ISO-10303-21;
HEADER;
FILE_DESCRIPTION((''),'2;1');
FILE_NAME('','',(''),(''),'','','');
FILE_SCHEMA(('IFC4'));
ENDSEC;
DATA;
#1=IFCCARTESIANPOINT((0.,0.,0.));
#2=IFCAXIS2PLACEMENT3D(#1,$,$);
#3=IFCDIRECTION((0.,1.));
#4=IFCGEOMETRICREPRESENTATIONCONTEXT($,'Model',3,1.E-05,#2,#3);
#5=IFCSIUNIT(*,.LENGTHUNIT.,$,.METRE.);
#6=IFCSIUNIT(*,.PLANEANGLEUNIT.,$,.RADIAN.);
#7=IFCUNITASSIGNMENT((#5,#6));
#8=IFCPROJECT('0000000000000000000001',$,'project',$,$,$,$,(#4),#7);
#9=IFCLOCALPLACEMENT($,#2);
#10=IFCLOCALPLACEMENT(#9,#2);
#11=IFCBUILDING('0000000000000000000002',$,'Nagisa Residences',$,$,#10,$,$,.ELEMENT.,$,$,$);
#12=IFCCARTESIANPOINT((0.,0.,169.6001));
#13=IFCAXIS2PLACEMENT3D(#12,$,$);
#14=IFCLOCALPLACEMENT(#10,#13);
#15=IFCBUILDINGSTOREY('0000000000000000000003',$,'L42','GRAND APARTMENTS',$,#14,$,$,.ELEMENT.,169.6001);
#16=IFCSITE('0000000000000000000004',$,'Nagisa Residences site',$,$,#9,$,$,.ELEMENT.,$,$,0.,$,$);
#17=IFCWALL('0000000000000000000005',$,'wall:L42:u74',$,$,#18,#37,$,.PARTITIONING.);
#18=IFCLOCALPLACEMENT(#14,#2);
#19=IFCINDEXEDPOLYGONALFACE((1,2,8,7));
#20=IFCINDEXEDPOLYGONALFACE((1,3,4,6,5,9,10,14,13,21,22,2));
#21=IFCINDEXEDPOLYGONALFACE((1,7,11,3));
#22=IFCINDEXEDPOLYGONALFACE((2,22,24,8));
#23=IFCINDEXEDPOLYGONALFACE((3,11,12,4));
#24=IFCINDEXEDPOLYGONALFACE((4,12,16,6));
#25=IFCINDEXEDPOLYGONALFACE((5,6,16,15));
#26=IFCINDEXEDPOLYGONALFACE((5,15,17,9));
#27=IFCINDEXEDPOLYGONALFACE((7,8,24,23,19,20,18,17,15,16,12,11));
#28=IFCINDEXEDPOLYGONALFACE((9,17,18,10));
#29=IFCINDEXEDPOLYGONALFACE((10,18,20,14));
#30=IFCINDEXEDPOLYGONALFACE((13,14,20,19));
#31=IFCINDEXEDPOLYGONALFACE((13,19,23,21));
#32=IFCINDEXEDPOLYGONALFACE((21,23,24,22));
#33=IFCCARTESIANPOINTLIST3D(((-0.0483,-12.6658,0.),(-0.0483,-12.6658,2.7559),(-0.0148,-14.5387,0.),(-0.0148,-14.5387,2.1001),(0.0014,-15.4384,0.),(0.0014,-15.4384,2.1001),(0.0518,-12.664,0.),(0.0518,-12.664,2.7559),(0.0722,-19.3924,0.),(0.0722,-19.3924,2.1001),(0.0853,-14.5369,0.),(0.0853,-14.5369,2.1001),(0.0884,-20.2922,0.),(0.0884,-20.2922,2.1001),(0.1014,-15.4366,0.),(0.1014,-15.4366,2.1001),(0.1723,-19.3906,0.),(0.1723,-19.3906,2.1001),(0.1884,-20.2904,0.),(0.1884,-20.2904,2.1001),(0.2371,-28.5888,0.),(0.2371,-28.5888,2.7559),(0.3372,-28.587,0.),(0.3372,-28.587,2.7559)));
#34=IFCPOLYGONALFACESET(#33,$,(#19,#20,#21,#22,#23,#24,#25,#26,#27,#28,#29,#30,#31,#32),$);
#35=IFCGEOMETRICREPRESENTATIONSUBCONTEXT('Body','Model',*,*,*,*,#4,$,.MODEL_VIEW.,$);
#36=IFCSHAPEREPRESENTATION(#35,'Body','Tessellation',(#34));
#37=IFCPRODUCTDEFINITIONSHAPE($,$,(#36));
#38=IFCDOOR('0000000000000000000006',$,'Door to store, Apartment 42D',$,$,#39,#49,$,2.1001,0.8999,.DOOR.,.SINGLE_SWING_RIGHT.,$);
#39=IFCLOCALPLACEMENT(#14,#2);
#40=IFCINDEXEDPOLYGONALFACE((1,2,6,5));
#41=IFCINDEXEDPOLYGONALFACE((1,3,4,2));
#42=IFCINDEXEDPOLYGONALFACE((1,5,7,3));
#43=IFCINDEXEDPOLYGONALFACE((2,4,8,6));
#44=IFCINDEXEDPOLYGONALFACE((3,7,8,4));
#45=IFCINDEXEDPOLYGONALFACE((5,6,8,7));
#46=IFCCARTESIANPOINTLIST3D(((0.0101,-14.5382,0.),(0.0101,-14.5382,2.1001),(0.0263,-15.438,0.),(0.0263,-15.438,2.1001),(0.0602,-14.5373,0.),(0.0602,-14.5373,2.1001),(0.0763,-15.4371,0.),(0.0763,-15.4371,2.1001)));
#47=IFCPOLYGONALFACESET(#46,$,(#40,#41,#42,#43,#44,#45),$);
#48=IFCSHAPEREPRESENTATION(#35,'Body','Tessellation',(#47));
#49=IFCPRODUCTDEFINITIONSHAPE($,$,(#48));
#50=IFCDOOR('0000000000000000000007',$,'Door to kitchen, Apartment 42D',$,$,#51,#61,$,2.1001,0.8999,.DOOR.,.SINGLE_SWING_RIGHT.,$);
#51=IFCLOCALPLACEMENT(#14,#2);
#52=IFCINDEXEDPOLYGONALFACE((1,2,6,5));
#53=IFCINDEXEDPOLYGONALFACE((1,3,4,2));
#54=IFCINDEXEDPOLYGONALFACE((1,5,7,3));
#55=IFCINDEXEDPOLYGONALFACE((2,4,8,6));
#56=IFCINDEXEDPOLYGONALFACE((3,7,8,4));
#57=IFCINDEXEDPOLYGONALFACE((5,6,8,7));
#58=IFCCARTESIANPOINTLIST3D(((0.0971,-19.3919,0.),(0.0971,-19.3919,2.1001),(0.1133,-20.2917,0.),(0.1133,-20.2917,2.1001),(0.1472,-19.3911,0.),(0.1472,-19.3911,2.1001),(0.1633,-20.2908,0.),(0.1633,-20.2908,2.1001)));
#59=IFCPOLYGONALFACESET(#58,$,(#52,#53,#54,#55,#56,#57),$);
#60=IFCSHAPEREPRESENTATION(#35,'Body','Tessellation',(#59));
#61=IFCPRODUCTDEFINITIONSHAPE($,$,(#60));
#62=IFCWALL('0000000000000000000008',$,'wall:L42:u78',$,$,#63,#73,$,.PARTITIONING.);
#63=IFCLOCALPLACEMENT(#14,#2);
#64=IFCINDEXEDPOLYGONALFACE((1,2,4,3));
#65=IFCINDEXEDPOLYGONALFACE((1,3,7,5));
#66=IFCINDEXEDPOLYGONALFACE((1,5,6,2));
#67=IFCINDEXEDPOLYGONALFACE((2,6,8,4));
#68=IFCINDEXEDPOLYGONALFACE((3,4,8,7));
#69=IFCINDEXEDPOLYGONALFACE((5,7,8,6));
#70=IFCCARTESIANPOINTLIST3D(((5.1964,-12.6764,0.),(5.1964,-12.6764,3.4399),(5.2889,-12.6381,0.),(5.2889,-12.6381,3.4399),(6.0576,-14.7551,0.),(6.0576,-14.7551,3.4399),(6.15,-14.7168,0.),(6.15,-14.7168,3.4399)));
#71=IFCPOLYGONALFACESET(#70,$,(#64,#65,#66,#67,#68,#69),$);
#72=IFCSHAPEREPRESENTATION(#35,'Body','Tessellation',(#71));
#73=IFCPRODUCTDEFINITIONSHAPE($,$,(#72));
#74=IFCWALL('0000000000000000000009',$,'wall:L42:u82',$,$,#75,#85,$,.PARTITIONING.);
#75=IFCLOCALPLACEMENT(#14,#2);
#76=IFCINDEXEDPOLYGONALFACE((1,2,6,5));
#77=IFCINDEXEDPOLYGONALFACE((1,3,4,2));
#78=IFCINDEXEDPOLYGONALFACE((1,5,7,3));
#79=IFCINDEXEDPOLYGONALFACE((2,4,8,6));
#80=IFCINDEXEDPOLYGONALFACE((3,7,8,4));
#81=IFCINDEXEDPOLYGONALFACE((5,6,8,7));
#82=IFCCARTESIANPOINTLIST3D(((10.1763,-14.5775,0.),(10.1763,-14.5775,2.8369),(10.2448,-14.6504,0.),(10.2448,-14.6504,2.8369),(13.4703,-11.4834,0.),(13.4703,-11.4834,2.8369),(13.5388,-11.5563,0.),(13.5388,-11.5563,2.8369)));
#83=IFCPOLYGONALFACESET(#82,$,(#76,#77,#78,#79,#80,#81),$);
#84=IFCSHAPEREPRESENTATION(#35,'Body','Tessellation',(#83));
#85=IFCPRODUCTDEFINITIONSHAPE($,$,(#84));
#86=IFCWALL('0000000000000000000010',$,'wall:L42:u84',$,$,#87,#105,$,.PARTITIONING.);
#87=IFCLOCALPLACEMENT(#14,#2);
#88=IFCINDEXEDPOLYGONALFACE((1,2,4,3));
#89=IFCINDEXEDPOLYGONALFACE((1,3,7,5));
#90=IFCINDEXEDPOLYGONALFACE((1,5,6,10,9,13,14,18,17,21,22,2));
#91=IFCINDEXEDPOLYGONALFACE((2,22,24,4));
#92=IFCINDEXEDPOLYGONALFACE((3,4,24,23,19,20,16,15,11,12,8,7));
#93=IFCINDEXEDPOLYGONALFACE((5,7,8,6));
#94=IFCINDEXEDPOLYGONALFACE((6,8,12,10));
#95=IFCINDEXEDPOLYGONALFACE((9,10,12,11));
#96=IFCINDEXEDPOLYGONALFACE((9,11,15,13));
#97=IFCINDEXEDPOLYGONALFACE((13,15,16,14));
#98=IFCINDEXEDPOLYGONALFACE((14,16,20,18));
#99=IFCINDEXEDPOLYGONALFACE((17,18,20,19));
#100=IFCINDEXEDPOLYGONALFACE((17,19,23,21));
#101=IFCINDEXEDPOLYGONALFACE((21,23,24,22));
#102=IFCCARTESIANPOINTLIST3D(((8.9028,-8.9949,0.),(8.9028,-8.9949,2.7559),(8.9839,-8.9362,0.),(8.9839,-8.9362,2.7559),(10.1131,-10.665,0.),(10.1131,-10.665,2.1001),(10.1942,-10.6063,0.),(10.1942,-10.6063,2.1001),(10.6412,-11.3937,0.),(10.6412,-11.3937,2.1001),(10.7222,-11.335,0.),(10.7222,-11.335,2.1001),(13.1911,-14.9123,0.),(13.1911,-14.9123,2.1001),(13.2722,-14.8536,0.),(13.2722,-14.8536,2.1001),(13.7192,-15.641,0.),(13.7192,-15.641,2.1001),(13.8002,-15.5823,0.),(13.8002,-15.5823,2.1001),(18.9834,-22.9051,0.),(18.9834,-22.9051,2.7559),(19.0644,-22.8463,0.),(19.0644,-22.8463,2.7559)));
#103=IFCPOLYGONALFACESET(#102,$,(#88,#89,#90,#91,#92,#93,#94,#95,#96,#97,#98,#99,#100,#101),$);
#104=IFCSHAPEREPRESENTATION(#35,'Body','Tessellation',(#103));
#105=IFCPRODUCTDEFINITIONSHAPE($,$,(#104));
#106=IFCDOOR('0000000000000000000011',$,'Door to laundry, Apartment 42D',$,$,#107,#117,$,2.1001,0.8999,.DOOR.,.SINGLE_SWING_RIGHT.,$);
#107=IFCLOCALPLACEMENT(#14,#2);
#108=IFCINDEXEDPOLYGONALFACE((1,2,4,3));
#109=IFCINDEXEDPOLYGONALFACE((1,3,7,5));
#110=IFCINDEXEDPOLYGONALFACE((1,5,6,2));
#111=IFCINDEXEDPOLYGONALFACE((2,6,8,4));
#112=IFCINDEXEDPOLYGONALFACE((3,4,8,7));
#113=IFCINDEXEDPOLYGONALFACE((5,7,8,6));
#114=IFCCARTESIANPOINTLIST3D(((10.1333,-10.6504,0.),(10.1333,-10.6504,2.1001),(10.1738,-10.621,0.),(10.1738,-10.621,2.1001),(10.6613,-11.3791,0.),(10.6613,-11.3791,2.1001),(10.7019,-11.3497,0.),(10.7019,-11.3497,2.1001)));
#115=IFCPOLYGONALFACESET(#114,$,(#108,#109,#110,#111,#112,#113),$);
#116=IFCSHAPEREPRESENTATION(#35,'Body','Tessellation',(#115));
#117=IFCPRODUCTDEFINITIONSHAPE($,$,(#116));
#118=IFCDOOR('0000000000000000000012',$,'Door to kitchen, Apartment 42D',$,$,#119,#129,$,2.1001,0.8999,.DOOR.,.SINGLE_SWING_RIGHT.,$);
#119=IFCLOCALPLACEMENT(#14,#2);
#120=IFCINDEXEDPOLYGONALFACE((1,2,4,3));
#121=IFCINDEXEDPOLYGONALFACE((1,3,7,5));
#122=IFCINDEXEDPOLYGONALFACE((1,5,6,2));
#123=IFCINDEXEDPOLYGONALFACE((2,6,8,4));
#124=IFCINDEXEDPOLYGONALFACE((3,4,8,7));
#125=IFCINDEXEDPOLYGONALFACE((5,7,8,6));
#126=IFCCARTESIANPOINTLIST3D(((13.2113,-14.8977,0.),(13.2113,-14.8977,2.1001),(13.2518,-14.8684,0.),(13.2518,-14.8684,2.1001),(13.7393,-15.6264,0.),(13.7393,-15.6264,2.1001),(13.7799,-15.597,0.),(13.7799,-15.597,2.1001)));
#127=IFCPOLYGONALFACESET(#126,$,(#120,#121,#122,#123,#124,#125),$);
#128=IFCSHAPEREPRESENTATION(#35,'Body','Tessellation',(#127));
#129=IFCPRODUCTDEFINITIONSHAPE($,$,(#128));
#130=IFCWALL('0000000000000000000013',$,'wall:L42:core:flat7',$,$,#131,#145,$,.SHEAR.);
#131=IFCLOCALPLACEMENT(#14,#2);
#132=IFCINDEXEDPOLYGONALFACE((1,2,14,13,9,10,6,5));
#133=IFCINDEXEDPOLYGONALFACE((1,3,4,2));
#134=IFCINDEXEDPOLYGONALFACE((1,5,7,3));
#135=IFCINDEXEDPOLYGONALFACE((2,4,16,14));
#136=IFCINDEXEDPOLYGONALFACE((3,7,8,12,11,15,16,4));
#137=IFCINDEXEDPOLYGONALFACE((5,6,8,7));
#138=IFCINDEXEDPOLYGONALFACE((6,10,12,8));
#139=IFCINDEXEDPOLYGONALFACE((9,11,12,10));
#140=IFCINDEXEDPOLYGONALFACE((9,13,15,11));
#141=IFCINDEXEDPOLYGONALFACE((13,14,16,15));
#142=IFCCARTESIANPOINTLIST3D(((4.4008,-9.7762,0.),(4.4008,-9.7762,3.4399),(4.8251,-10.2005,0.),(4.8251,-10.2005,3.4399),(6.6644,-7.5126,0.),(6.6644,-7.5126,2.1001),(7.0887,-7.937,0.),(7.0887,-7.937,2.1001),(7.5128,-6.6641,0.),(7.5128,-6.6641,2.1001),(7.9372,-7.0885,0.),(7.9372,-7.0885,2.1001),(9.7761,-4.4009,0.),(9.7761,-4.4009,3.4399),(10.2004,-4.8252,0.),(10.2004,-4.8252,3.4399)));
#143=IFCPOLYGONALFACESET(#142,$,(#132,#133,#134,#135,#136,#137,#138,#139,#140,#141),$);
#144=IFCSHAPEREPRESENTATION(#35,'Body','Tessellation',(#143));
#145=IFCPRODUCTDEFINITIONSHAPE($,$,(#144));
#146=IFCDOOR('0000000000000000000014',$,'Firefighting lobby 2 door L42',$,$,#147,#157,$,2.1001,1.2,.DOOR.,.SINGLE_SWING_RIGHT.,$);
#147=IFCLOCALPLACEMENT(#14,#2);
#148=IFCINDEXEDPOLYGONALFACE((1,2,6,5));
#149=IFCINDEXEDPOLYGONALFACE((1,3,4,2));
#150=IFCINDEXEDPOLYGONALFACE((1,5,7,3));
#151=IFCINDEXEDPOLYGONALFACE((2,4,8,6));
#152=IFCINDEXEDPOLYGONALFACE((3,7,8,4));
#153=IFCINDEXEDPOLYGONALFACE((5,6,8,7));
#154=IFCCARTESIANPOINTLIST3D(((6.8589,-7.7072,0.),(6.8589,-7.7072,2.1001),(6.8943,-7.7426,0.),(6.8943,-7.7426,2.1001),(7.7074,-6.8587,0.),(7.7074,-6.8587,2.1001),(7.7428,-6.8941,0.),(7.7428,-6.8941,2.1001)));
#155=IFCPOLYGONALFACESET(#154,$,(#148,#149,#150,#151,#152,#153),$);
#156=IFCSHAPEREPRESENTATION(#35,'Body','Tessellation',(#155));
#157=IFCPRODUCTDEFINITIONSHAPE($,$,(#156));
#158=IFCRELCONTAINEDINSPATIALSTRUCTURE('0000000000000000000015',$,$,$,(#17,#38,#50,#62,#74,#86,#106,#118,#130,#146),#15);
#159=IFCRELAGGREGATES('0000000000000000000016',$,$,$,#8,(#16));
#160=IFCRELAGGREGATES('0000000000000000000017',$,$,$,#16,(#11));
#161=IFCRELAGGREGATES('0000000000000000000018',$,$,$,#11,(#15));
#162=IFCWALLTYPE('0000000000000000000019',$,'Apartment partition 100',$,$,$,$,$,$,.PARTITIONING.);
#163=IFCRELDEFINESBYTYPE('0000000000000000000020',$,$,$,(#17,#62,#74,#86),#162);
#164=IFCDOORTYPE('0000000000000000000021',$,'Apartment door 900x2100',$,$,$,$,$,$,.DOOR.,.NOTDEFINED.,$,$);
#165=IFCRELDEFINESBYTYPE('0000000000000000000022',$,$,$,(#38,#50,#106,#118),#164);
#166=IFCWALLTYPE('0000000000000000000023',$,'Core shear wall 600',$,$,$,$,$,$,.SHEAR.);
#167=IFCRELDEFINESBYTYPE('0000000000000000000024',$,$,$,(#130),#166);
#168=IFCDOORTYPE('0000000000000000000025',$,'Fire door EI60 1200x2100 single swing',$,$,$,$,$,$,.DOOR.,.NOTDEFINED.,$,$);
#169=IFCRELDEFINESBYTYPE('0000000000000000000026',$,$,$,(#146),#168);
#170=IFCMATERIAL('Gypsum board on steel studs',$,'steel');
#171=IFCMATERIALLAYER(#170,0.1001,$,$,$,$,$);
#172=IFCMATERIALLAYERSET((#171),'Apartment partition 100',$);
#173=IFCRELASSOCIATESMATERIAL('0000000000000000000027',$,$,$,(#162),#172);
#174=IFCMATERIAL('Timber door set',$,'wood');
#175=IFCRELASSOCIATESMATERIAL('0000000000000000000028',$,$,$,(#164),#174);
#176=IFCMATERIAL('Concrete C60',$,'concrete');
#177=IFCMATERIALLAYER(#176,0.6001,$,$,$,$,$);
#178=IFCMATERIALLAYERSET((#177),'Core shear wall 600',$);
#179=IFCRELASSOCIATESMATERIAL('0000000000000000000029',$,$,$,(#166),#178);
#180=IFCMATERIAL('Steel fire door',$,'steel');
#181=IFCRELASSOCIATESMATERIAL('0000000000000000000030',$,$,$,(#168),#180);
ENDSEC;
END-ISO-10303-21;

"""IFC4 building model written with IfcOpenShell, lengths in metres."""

from ifc_helpers import new_model, si_unit, direction, frame, frame_2d, origin, place, context, subcontext, project, spatial, rectangle, extrude, material, layer, layer_set, type_object, element, fill, save


model = new_model("IFC4")

# Units and contexts
model_context = context("Model", 3, precision=1e-05, world=origin(), true_north=direction((0.0, 1.0)))
body_context = subcontext(model_context, "Body", "Model", "MODEL_VIEW")
ifc_project = project(units=[si_unit("LENGTHUNIT", "METRE"), si_unit("PLANEANGLEUNIT", "RADIAN")], contexts=[model_context])

# Site, building, storey
site_placement = place(None, origin())
site = spatial("IfcSite", under=ifc_project, at=site_placement, Name="Nagisa Residences site", CompositionType="ELEMENT", RefElevation=0.0)
building_placement = place(site_placement, origin())
building = spatial("IfcBuilding", under=site, at=building_placement, Name="Nagisa Residences", CompositionType="ELEMENT")
storey_placement = place(building_placement, frame((0.0, 0.0, 169.6001)))
storey = spatial("IfcBuildingStorey", under=building, at=storey_placement, Name="L42", Description="GRAND APARTMENTS", CompositionType="ELEMENT", Elevation=169.6001)

# Wall, openings, doors
ifc_material_1 = material(Name="Gypsum board on steel studs", Category="steel")
ifc_layer_1 = layer(ifc_material_1, 0.1001)
ifc_layer_set_1 = layer_set([ifc_layer_1], Name="Apartment partition 100")
wall_type_1 = type_object("IfcWallType", Name="Apartment partition 100", PredefinedType="PARTITIONING", material=ifc_layer_set_1)
wall_1_placement = place(storey_placement, frame((0.0017, -12.6648, 0.0), z_axis=(0.0, 0.0, 1.0), x_axis=(0.017921, -0.999839, 0.0)))
wall_1 = element("IfcWall", 1, at=wall_1_placement, inside=storey, type_object=wall_type_1, Name="wall:L42:u74", PredefinedType="PARTITIONING", context=body_context, shape_type="SweptSolid", body=[
    extrude(rectangle(XDim=15.9255, YDim=0.1001, at=frame_2d((7.9629, 0.0))), origin(), (0.0, 0.0, 1.0), 2.7559),
])
opening_1_placement = place(wall_1_placement, frame((1.8733, 0.0, 0.0)))
opening_1 = element("IfcOpeningElement", 2, at=opening_1_placement, cuts=wall_1, PredefinedType="OPENING", context=body_context, shape_type="SweptSolid", body=[
    extrude(rectangle(XDim=0.8999, YDim=2.1001, at=frame_2d((0.45, 1.05))), frame((0.0, 0.0601, 0.0), z_axis=(0.0, -1.0, 0.0), x_axis=(1.0, 0.0, 0.0)), (0.0, 0.0, 1.0), 0.1201),
])
opening_2_placement = place(wall_1_placement, frame((6.7278, 0.0, 0.0)))
opening_2 = element("IfcOpeningElement", 3, at=opening_2_placement, cuts=wall_1, PredefinedType="OPENING", context=body_context, shape_type="SweptSolid", body=[
    extrude(rectangle(XDim=0.8999, YDim=2.1001, at=frame_2d((0.45, 1.05))), frame((0.0, 0.0601, 0.0), z_axis=(0.0, -1.0, 0.0), x_axis=(1.0, 0.0, 0.0)), (0.0, 0.0, 1.0), 0.1201),
])
ifc_material_2 = material(Name="Timber door set", Category="wood")
door_type_1 = type_object("IfcDoorType", Name="Apartment door 900x2100", OperationType="NOTDEFINED", PredefinedType="DOOR", material=ifc_material_2)
door_1_placement = place(opening_1_placement, origin())
door_1 = element("IfcDoor", 4, at=door_1_placement, inside=storey, type_object=door_type_1, Name="Door to store, Apartment 42D", OperationType="SINGLE_SWING_RIGHT", OverallHeight=2.1001, OverallWidth=0.8999, PredefinedType="DOOR", context=body_context, shape_type="SweptSolid", body=[
    extrude(rectangle(XDim=0.8999, YDim=2.1001, at=frame_2d((0.45, 1.05))), frame((0.0, 0.0249, 0.0), z_axis=(0.0, -1.0, 0.0), x_axis=(1.0, 0.0, 0.0)), (0.0, 0.0, 1.0), 0.05),
])
fill(opening_1, door_1)
door_2_placement = place(opening_2_placement, origin())
door_2 = element("IfcDoor", 5, at=door_2_placement, inside=storey, type_object=door_type_1, Name="Door to kitchen, Apartment 42D", OperationType="SINGLE_SWING_RIGHT", OverallHeight=2.1001, OverallWidth=0.8999, PredefinedType="DOOR", context=body_context, shape_type="SweptSolid", body=[
    extrude(rectangle(XDim=0.8999, YDim=2.1001, at=frame_2d((0.45, 1.05))), frame((0.0, 0.0249, 0.0), z_axis=(0.0, -1.0, 0.0), x_axis=(1.0, 0.0, 0.0)), (0.0, 0.0, 1.0), 0.05),
])
fill(opening_2, door_2)

# Walls
wall_2_placement = place(storey_placement, frame((5.2427, -12.6572, 0.0), z_axis=(0.0, 0.0, 1.0), x_axis=(0.382719, -0.923865, 0.0)))
element("IfcWall", 6, at=wall_2_placement, inside=storey, type_object=wall_type_1, Name="wall:L42:u78", PredefinedType="PARTITIONING", context=body_context, shape_type="SweptSolid", body=[
    extrude(rectangle(XDim=2.25, YDim=0.1001, at=frame_2d((1.125, 0.0))), origin(), (0.0, 0.0, 1.0), 3.4399),
])
wall_3_placement = place(storey_placement, frame((10.2104, -14.614, 0.0), z_axis=(0.0, 0.0, 1.0), x_axis=(0.728883, 0.684638, 0.0)))
element("IfcWall", 7, at=wall_3_placement, inside=storey, type_object=wall_type_1, Name="wall:L42:u82", PredefinedType="PARTITIONING", context=body_context, shape_type="SweptSolid", body=[
    extrude(rectangle(XDim=4.5193, YDim=0.1001, at=frame_2d((2.2598, 0.0))), origin(), (0.0, 0.0, 1.0), 2.8369),
])

# Wall, openings, doors
wall_4_placement = place(storey_placement, frame((8.9434, -8.9656, 0.0), z_axis=(0.0, 0.0, 1.0), x_axis=(0.586804, -0.809729, 0.0)))
wall_4 = element("IfcWall", 8, at=wall_4_placement, inside=storey, type_object=wall_type_1, Name="wall:L42:u84", PredefinedType="PARTITIONING", context=body_context, shape_type="SweptSolid", body=[
    extrude(rectangle(XDim=17.1787, YDim=0.1001, at=frame_2d((8.5894, 0.0))), origin(), (0.0, 0.0, 1.0), 2.7559),
])
opening_3_placement = place(wall_4_placement, frame((2.0625, 0.0, 0.0)))
opening_3 = element("IfcOpeningElement", 9, at=opening_3_placement, cuts=wall_4, PredefinedType="OPENING", context=body_context, shape_type="SweptSolid", body=[
    extrude(rectangle(XDim=0.8999, YDim=2.1001, at=frame_2d((0.45, 1.05))), frame((0.0, 0.0601, 0.0), z_axis=(0.0, -1.0, 0.0), x_axis=(1.0, 0.0, 0.0)), (0.0, 0.0, 1.0), 0.1201),
])
opening_4_placement = place(wall_4_placement, frame((7.3079, 0.0, 0.0)))
opening_4 = element("IfcOpeningElement", 10, at=opening_4_placement, cuts=wall_4, PredefinedType="OPENING", context=body_context, shape_type="SweptSolid", body=[
    extrude(rectangle(XDim=0.8999, YDim=2.1001, at=frame_2d((0.45, 1.05))), frame((0.0, 0.0601, 0.0), z_axis=(0.0, -1.0, 0.0), x_axis=(1.0, 0.0, 0.0)), (0.0, 0.0, 1.0), 0.1201),
])
door_3_placement = place(opening_3_placement, origin())
door_3 = element("IfcDoor", 11, at=door_3_placement, inside=storey, type_object=door_type_1, Name="Door to laundry, Apartment 42D", OperationType="SINGLE_SWING_RIGHT", OverallHeight=2.1001, OverallWidth=0.8999, PredefinedType="DOOR", context=body_context, shape_type="SweptSolid", body=[
    extrude(rectangle(XDim=0.8999, YDim=2.1001, at=frame_2d((0.45, 1.05))), frame((0.0, 0.0249, 0.0), z_axis=(0.0, -1.0, 0.0), x_axis=(1.0, 0.0, 0.0)), (0.0, 0.0, 1.0), 0.05),
])
fill(opening_3, door_3)
door_4_placement = place(opening_4_placement, origin())
door_4 = element("IfcDoor", 12, at=door_4_placement, inside=storey, type_object=door_type_1, Name="Door to kitchen, Apartment 42D", OperationType="SINGLE_SWING_RIGHT", OverallHeight=2.1001, OverallWidth=0.8999, PredefinedType="DOOR", context=body_context, shape_type="SweptSolid", body=[
    extrude(rectangle(XDim=0.8999, YDim=2.1001, at=frame_2d((0.45, 1.05))), frame((0.0, 0.0249, 0.0), z_axis=(0.0, -1.0, 0.0), x_axis=(1.0, 0.0, 0.0)), (0.0, 0.0, 1.0), 0.05),
])
fill(opening_4, door_4)

# Wall, opening, door
ifc_material_3 = material(Name="Concrete C60", Category="concrete")
ifc_layer_2 = layer(ifc_material_3, 0.6001)
ifc_layer_set_2 = layer_set([ifc_layer_2], Name="Core shear wall 600")
wall_type_2 = type_object("IfcWallType", Name="Core shear wall 600", PredefinedType="SHEAR", material=ifc_layer_set_2)
wall_5_placement = place(storey_placement, frame((4.613, -9.9883, 0.0), z_axis=(0.0, 0.0, 1.0), x_axis=(0.707107, 0.707107, 0.0)))
wall_5 = element("IfcWall", 13, at=wall_5_placement, inside=storey, type_object=wall_type_2, Name="wall:L42:core:flat7", PredefinedType="SHEAR", context=body_context, shape_type="SweptSolid", body=[
    extrude(rectangle(XDim=7.6018, YDim=0.6001, at=frame_2d((3.8008, 0.0))), origin(), (0.0, 0.0, 1.0), 3.4399),
])
opening_5_placement = place(wall_5_placement, frame((3.2009, 0.0, 0.0)))
opening_5 = element("IfcOpeningElement", 14, at=opening_5_placement, cuts=wall_5, PredefinedType="OPENING", context=body_context, shape_type="SweptSolid", body=[
    extrude(rectangle(XDim=1.2, YDim=2.1001, at=frame_2d((0.6001, 1.05))), frame((0.0, 0.3101, 0.0), z_axis=(0.0, -1.0, 0.0), x_axis=(1.0, 0.0, 0.0)), (0.0, 0.0, 1.0), 0.6201),
])
ifc_material_4 = material(Name="Steel fire door", Category="steel")
door_type_2 = type_object("IfcDoorType", Name="Fire door EI60 1200x2100 single swing", OperationType="NOTDEFINED", PredefinedType="DOOR", material=ifc_material_4)
door_5_placement = place(opening_5_placement, origin())
door_5 = element("IfcDoor", 15, at=door_5_placement, inside=storey, type_object=door_type_2, Name="Firefighting lobby 2 door L42", OperationType="SINGLE_SWING_RIGHT", OverallHeight=2.1001, OverallWidth=1.2, PredefinedType="DOOR", context=body_context, shape_type="SweptSolid", body=[
    extrude(rectangle(XDim=1.2, YDim=2.1001, at=frame_2d((0.6001, 1.05))), frame((0.0, 0.0249, 0.0), z_axis=(0.0, -1.0, 0.0), x_axis=(1.0, 0.0, 0.0)), (0.0, 0.0, 1.0), 0.05),
])
fill(opening_5, door_5)

save(model, "model.ifc")
